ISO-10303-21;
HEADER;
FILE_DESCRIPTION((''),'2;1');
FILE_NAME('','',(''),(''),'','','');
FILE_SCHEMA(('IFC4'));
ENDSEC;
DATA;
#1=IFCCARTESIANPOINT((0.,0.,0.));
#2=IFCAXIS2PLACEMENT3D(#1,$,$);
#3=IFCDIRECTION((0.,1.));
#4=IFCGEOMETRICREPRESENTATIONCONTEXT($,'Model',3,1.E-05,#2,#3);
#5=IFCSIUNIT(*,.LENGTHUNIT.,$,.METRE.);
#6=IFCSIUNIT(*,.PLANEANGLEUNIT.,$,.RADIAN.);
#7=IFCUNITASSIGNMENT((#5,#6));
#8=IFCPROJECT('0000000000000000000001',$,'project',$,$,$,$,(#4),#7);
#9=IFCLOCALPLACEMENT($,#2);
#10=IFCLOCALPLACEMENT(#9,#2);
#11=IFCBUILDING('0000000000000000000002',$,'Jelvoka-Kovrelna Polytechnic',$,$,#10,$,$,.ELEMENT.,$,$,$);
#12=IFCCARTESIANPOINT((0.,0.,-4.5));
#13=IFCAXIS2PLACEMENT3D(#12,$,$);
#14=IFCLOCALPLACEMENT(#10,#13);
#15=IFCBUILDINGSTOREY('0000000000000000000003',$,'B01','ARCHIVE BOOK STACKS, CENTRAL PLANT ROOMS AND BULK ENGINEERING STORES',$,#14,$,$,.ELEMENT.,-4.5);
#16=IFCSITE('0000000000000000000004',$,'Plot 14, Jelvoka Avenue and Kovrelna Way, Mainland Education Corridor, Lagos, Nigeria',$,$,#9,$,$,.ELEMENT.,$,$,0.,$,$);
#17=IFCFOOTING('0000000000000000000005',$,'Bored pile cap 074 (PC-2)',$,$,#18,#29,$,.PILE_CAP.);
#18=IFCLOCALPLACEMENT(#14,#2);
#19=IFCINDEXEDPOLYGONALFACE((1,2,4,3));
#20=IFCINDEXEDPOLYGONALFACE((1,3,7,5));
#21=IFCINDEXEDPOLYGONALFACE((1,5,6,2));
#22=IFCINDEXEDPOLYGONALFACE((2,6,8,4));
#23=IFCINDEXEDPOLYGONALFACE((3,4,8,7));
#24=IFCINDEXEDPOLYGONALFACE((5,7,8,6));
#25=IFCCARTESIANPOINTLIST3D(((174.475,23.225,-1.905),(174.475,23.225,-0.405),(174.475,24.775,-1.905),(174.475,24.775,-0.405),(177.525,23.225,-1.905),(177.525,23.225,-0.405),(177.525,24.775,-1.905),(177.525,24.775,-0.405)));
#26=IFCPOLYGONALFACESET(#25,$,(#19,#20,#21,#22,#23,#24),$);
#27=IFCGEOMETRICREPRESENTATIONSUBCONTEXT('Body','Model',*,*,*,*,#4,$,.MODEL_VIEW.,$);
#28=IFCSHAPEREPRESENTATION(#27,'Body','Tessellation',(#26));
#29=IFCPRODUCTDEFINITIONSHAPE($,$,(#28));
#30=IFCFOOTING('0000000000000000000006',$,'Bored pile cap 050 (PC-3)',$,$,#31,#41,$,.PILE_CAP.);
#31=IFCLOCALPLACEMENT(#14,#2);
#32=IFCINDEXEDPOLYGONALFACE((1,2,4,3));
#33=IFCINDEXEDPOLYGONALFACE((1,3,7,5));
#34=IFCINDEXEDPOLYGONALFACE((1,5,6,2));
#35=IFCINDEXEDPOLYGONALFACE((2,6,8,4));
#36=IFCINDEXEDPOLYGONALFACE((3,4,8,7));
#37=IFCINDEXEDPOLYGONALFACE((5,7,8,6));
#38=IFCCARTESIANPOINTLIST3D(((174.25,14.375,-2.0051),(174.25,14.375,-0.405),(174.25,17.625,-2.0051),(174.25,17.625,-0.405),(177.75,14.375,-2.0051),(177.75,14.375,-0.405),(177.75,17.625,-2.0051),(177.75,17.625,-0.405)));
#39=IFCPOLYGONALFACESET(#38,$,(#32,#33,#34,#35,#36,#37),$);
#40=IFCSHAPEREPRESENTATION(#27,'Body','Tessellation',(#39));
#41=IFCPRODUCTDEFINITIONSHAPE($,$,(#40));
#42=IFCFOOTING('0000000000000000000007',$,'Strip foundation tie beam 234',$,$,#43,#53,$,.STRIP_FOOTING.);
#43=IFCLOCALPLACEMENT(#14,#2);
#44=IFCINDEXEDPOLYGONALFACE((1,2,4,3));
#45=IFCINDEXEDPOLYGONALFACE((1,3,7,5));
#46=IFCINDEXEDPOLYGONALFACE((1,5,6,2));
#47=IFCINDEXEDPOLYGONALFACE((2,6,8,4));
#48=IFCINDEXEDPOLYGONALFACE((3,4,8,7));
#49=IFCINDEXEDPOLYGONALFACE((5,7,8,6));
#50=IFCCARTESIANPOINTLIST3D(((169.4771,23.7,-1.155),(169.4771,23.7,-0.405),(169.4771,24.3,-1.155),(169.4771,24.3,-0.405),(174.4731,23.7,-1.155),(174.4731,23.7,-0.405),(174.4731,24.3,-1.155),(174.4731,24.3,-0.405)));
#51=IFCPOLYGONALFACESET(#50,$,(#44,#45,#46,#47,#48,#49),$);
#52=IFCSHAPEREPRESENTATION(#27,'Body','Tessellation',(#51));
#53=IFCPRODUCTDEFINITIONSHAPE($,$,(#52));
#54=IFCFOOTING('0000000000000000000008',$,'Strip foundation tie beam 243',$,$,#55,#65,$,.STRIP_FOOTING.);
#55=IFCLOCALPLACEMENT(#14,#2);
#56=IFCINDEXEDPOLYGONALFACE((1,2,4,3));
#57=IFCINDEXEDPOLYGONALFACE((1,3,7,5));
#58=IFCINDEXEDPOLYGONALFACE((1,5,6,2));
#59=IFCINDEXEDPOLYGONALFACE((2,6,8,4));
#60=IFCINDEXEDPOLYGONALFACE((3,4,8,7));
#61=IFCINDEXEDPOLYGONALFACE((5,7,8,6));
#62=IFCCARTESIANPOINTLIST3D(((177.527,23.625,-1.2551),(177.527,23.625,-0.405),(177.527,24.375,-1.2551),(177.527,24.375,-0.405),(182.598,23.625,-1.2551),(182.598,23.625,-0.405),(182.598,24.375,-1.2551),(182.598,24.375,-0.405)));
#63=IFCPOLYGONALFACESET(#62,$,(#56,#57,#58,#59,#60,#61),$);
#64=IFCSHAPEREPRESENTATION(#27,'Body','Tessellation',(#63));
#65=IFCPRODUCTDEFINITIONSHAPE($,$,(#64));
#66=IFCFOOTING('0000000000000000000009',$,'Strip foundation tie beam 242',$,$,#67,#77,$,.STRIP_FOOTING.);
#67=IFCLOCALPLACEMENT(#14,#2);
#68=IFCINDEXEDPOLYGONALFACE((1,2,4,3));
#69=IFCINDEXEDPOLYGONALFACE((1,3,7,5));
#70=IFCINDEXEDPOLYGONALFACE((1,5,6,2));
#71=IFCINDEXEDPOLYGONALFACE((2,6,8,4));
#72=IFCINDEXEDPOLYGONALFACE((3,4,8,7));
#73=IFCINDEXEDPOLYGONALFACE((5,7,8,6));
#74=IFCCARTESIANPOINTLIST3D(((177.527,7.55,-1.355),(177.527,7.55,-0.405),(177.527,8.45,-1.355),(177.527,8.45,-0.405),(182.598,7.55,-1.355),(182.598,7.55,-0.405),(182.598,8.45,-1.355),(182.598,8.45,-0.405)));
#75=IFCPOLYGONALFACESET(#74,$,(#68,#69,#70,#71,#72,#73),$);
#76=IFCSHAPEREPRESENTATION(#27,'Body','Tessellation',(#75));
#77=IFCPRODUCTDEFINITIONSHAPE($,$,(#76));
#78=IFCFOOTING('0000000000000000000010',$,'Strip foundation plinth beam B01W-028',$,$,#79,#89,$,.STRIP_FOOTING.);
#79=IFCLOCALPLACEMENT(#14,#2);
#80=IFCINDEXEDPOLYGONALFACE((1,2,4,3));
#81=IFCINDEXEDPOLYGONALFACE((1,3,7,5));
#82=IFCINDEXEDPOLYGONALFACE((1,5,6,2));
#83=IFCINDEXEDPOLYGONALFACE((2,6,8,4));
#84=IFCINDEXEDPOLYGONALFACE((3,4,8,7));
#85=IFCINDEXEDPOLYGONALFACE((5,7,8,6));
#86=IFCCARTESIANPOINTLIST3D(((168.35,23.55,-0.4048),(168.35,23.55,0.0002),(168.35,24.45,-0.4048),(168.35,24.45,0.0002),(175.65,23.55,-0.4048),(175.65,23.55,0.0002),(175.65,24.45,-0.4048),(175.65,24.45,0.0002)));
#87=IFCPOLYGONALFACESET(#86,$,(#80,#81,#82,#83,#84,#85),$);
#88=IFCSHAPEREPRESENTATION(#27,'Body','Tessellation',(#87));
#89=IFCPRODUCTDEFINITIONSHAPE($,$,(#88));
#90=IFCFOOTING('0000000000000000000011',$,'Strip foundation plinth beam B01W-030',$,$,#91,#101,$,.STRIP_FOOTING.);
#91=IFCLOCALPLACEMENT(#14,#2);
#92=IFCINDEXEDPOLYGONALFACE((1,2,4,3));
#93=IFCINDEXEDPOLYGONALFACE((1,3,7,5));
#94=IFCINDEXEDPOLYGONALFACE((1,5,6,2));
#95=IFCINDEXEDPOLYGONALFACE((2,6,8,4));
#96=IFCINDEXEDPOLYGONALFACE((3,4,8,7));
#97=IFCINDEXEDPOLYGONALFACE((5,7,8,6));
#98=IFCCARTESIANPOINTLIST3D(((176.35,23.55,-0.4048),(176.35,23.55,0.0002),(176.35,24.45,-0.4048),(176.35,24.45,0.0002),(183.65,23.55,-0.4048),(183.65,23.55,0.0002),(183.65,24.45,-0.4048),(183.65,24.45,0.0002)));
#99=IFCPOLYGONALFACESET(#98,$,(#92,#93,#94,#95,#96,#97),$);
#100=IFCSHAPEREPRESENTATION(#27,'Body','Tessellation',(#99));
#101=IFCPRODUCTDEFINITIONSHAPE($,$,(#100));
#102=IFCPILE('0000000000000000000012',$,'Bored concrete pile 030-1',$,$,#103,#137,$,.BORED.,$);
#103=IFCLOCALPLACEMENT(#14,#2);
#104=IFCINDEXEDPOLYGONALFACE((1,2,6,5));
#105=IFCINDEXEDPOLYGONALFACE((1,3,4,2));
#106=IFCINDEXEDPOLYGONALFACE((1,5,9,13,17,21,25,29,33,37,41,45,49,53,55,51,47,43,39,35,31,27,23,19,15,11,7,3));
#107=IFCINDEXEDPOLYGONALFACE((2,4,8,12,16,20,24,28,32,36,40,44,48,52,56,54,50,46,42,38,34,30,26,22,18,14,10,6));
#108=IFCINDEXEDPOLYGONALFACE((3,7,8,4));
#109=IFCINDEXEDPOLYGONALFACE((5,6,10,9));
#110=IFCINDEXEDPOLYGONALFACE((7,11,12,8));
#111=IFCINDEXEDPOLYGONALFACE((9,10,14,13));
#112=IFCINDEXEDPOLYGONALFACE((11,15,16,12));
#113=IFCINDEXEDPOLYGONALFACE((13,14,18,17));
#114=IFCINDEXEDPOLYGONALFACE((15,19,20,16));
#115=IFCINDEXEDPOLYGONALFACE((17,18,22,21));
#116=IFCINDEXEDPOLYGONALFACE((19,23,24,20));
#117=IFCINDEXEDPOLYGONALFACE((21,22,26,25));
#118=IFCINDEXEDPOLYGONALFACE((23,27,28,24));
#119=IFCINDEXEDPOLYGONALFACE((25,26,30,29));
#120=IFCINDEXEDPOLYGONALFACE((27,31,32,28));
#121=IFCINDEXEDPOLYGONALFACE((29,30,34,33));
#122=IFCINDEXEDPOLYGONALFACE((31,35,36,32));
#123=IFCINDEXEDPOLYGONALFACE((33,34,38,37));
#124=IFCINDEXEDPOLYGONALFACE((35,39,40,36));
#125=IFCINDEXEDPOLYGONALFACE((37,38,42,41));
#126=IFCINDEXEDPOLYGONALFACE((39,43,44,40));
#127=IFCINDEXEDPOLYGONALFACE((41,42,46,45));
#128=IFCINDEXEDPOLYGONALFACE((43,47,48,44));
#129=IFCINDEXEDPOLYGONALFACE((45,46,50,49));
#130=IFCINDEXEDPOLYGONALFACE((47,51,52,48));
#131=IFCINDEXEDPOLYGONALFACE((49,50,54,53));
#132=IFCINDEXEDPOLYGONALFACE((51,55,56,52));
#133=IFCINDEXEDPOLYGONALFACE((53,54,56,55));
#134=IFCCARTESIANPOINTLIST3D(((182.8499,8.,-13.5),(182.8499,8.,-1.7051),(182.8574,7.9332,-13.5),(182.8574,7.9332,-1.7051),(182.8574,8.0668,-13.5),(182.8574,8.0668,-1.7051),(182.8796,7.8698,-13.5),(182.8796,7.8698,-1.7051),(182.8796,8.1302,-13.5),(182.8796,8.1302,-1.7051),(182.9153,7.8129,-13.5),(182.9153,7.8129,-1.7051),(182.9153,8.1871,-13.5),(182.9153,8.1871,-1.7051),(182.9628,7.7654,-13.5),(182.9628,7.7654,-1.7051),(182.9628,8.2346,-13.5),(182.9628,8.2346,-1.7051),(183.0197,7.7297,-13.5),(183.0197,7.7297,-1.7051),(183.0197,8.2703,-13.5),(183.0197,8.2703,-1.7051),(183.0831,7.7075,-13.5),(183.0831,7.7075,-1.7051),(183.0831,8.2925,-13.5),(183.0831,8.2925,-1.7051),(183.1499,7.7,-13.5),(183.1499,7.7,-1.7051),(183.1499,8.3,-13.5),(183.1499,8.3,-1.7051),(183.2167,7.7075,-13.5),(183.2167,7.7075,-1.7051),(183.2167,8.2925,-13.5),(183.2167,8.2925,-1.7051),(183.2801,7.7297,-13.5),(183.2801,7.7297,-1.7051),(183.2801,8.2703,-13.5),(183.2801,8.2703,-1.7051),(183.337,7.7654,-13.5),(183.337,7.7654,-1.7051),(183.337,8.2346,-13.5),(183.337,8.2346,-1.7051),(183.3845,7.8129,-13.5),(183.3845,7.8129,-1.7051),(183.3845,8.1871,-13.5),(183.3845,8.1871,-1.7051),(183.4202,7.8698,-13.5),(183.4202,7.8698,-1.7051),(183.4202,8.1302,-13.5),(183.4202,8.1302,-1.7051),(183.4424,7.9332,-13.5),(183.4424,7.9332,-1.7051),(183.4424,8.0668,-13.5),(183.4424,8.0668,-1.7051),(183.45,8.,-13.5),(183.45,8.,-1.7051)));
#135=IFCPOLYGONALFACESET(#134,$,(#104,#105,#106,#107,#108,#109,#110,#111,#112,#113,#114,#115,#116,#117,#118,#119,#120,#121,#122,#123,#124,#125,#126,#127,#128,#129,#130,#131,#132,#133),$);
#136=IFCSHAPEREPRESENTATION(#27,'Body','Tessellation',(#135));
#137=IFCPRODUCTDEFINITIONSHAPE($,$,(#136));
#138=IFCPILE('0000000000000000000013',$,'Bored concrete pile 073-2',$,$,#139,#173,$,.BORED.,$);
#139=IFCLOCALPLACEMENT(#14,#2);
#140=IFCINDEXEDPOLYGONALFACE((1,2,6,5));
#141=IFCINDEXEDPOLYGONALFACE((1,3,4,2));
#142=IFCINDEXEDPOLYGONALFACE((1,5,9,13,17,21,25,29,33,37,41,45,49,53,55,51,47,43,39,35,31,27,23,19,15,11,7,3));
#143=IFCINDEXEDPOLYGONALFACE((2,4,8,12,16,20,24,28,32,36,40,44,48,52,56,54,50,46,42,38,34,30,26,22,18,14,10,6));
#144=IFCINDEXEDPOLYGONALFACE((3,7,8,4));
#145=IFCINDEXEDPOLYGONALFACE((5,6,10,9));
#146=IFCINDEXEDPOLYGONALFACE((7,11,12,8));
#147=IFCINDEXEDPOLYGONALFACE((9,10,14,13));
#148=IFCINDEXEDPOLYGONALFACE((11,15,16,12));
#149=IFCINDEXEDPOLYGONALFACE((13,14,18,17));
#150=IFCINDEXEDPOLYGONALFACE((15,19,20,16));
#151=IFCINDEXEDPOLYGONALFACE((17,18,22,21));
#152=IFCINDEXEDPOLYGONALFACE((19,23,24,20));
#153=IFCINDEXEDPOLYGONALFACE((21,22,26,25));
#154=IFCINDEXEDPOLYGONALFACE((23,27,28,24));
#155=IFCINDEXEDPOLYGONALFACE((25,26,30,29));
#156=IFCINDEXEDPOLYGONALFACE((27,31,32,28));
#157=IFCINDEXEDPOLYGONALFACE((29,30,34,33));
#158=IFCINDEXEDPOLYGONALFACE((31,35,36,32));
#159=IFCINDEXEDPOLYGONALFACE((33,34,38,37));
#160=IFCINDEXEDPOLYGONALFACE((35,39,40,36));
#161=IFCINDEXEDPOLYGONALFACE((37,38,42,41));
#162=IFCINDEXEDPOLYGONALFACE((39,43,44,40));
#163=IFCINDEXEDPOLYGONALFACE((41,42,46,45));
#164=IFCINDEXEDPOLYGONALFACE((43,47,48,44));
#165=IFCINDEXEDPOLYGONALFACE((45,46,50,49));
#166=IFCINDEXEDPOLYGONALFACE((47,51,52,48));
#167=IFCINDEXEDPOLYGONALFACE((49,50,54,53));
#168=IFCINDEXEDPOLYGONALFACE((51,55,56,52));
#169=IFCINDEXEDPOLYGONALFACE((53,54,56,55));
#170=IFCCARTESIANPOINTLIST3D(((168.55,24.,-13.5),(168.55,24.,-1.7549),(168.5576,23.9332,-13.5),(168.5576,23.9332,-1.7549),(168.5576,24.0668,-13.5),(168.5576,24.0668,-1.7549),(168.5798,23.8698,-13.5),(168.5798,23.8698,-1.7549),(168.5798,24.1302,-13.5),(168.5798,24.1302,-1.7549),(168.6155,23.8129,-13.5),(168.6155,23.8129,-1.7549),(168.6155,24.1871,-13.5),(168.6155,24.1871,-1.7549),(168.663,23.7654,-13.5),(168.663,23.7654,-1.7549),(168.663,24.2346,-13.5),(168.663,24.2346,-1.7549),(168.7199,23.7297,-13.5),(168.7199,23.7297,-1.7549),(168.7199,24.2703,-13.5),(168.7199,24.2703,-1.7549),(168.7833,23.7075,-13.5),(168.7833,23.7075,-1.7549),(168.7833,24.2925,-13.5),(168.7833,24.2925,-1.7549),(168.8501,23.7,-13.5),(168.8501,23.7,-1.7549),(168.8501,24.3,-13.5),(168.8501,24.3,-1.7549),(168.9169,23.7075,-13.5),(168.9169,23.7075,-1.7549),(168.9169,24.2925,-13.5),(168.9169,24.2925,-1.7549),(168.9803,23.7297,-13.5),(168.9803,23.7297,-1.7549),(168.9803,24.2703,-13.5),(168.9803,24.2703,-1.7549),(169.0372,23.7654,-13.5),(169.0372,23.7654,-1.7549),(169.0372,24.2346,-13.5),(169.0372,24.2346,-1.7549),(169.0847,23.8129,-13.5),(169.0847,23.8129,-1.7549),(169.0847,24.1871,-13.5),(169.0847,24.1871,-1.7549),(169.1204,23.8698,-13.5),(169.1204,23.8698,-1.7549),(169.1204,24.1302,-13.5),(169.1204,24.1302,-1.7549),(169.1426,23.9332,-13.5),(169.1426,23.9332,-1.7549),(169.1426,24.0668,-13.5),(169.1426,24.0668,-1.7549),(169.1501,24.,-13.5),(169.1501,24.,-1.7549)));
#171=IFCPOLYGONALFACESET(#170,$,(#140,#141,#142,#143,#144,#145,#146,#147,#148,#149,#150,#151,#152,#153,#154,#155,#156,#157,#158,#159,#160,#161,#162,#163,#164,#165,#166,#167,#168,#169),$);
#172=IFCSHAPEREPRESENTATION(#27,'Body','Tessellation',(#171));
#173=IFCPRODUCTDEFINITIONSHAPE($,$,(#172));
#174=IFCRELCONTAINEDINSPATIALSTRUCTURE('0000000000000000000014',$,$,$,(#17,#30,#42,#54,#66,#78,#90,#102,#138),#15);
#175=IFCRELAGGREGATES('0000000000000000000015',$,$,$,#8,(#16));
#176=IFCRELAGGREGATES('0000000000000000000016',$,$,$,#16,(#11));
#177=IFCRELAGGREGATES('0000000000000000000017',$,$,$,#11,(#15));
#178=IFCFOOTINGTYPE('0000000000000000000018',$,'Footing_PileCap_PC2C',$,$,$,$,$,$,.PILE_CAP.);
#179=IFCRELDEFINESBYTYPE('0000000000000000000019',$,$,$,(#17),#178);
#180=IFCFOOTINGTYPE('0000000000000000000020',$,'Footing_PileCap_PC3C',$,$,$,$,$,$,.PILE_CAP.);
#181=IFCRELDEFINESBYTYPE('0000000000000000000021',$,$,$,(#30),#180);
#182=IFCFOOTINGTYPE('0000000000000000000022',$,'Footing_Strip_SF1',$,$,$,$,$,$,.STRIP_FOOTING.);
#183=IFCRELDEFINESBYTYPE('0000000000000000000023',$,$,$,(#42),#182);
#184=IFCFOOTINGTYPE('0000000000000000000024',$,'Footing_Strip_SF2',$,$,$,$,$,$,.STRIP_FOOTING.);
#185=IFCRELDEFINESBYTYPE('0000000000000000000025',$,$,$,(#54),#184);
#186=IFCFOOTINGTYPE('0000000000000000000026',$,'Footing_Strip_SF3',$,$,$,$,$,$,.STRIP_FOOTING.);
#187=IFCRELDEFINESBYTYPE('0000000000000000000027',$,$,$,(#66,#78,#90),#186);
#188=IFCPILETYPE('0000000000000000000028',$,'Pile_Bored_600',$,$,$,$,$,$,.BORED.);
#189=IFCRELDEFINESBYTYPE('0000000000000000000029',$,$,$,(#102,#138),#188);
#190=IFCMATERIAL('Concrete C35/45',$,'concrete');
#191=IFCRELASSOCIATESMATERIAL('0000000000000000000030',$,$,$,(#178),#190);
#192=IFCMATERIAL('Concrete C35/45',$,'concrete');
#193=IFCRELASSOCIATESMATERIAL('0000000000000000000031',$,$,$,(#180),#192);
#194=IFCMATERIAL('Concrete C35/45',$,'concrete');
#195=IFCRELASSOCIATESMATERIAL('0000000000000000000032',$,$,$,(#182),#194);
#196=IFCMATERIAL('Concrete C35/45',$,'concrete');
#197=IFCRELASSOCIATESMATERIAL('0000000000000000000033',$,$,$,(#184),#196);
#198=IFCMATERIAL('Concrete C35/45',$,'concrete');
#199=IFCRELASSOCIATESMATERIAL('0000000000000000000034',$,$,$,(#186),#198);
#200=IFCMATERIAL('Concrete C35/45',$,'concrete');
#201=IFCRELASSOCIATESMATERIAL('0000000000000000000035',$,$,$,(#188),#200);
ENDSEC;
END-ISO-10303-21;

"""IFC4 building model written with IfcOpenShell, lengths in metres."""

from ifc_helpers import new_model, si_unit, direction, frame, origin, origin_2d, place, context, subcontext, project, spatial, rectangle, circle, extrude, material, material_profile, profile_set, type_object, element, save


model = new_model("IFC4")

# Units and contexts
model_context = context("Model", 3, precision=1e-05, world=origin(), true_north=direction((0.0, 1.0)))
body_context = subcontext(model_context, "Body", "Model", "MODEL_VIEW")
ifc_project = project(units=[si_unit("LENGTHUNIT", "METRE"), si_unit("PLANEANGLEUNIT", "RADIAN")], contexts=[model_context])

# Site, building, storey
site_placement = place(None, origin())
site = spatial("IfcSite", under=ifc_project, at=site_placement, Name="Plot 14, Jelvoka Avenue and Kovrelna Way, Mainland Education Corridor, Lagos, Nigeria", CompositionType="ELEMENT", RefElevation=0.0)
building_placement = place(site_placement, origin())
building = spatial("IfcBuilding", under=site, at=building_placement, Name="Jelvoka-Kovrelna Polytechnic", CompositionType="ELEMENT")
storey_placement = place(building_placement, frame((0.0, 0.0, -4.5)))
storey = spatial("IfcBuildingStorey", under=building, at=storey_placement, Name="B01", Description="ARCHIVE BOOK STACKS, CENTRAL PLANT ROOMS AND BULK ENGINEERING STORES", CompositionType="ELEMENT", Elevation=-4.5)

# Footings
ifc_material_1 = material(Name="Concrete C35/45", Category="concrete")
footing_type_1 = type_object("IfcFootingType", Name="Footing_PileCap_PC2C", PredefinedType="PILE_CAP", material=ifc_material_1)
footing_1_placement = place(storey_placement, frame((176.0, 24.0, -1.905), z_axis=(0.0, 0.0, 1.0), x_axis=(1.0, 0.0, 0.0)))
element("IfcFooting", 1, at=footing_1_placement, inside=storey, type_object=footing_type_1, Name="Bored pile cap 074 (PC-2)", PredefinedType="PILE_CAP", context=body_context, shape_type="SweptSolid", body=[
    extrude(rectangle(XDim=3.05, YDim=1.55, at=origin_2d()), origin(), (0.0, 0.0, 1.0), 1.5),
])
ifc_material_2 = material(Name="Concrete C35/45", Category="concrete")
footing_type_2 = type_object("IfcFootingType", Name="Footing_PileCap_PC3C", PredefinedType="PILE_CAP", material=ifc_material_2)
footing_2_placement = place(storey_placement, frame((176.0, 16.0, -2.0051), z_axis=(0.0, 0.0, 1.0), x_axis=(1.0, 0.0, 0.0)))
element("IfcFooting", 2, at=footing_2_placement, inside=storey, type_object=footing_type_2, Name="Bored pile cap 050 (PC-3)", PredefinedType="PILE_CAP", context=body_context, shape_type="SweptSolid", body=[
    extrude(rectangle(XDim=3.5, YDim=3.25, at=origin_2d()), origin(), (0.0, 0.0, 1.0), 1.6001),
])
ifc_material_3 = material(Name="Concrete C35/45", Category="concrete")
footing_type_3 = type_object("IfcFootingType", Name="Footing_Strip_SF1", PredefinedType="STRIP_FOOTING", material=ifc_material_3)
footing_3_placement = place(storey_placement, frame((171.9751, 24.0, -1.155), z_axis=(0.0, 0.0, 1.0), x_axis=(1.0, 0.0, 0.0)))
element("IfcFooting", 3, at=footing_3_placement, inside=storey, type_object=footing_type_3, Name="Strip foundation tie beam 234", PredefinedType="STRIP_FOOTING", context=body_context, shape_type="SweptSolid", body=[
    extrude(rectangle(XDim=4.9961, YDim=0.6001, at=origin_2d()), origin(), (0.0, 0.0, 1.0), 0.75),
])
ifc_material_4 = material(Name="Concrete C35/45", Category="concrete")
footing_type_4 = type_object("IfcFootingType", Name="Footing_Strip_SF2", PredefinedType="STRIP_FOOTING", material=ifc_material_4)
footing_4_placement = place(storey_placement, frame((180.0625, 24.0, -1.2551), z_axis=(0.0, 0.0, 1.0), x_axis=(1.0, 0.0, 0.0)))
element("IfcFooting", 4, at=footing_4_placement, inside=storey, type_object=footing_type_4, Name="Strip foundation tie beam 243", PredefinedType="STRIP_FOOTING", context=body_context, shape_type="SweptSolid", body=[
    extrude(rectangle(XDim=5.071, YDim=0.75, at=origin_2d()), origin(), (0.0, 0.0, 1.0), 0.8501),
])
ifc_material_5 = material(Name="Concrete C35/45", Category="concrete")
footing_type_5 = type_object("IfcFootingType", Name="Footing_Strip_SF3", PredefinedType="STRIP_FOOTING", material=ifc_material_5)
footing_5_placement = place(storey_placement, frame((180.0625, 8.0, -1.355), z_axis=(0.0, 0.0, 1.0), x_axis=(1.0, 0.0, 0.0)))
element("IfcFooting", 5, at=footing_5_placement, inside=storey, type_object=footing_type_5, Name="Strip foundation tie beam 242", PredefinedType="STRIP_FOOTING", context=body_context, shape_type="SweptSolid", body=[
    extrude(rectangle(XDim=5.071, YDim=0.8999, at=origin_2d()), origin(), (0.0, 0.0, 1.0), 0.95),
])
for number, where, z_axis, x_axis, name in (
    (6, (172.0, 24.0, -0.4048), (0.0, 0.0, 1.0), (1.0, 0.0, 0.0), "Strip foundation plinth beam B01W-028"),
    (7, (180.0, 24.0, -0.4048), (0.0, 0.0, 1.0), (1.0, 0.0, 0.0), "Strip foundation plinth beam B01W-030"),
):
    element("IfcFooting", number, at=place(storey_placement, frame(where, z_axis=z_axis, x_axis=x_axis)), inside=storey, type_object=footing_type_5, Name=name, PredefinedType="STRIP_FOOTING", context=body_context, shape_type="SweptSolid", body=[
        extrude(rectangle(XDim=7.3, YDim=0.8999, at=origin_2d()), origin(), (0.0, 0.0, 1.0), 0.405),
    ])

# Piles
ifc_material_6 = material(Name="Concrete C35/45", Category="concrete")
ifc_material_profile_1 = material_profile(ifc_material_6, circle(Radius=0.3, at=origin_2d()), Name="PILE D600")
ifc_profile_set_1 = profile_set([ifc_material_profile_1], Name="Concrete C35/45")
pile_type_1 = type_object("IfcPileType", Name="Pile_Bored_600", PredefinedType="BORED", material=ifc_profile_set_1)
pile_1_placement = place(storey_placement, frame((183.1499, 8.0, -1.7051), z_axis=(0.0, 0.0, -1.0), x_axis=(1.0, 0.0, 0.0)))
element("IfcPile", 8, at=pile_1_placement, inside=storey, type_object=pile_type_1, Name="Bored concrete pile 030-1", PredefinedType="BORED", context=body_context, shape_type="SweptSolid", body=[
    extrude(circle(Radius=0.3, at=origin_2d()), origin(), (0.0, 0.0, 1.0), 11.7949),
])
pile_2_placement = place(storey_placement, frame((168.8501, 24.0, -1.7549), z_axis=(0.0, 0.0, -1.0), x_axis=(1.0, 0.0, 0.0)))
element("IfcPile", 9, at=pile_2_placement, inside=storey, type_object=pile_type_1, Name="Bored concrete pile 073-2", PredefinedType="BORED", context=body_context, shape_type="SweptSolid", body=[
    extrude(circle(Radius=0.3, at=origin_2d()), origin(), (0.0, 0.0, 1.0), 11.7451),
])

save(model, "model.ifc")
